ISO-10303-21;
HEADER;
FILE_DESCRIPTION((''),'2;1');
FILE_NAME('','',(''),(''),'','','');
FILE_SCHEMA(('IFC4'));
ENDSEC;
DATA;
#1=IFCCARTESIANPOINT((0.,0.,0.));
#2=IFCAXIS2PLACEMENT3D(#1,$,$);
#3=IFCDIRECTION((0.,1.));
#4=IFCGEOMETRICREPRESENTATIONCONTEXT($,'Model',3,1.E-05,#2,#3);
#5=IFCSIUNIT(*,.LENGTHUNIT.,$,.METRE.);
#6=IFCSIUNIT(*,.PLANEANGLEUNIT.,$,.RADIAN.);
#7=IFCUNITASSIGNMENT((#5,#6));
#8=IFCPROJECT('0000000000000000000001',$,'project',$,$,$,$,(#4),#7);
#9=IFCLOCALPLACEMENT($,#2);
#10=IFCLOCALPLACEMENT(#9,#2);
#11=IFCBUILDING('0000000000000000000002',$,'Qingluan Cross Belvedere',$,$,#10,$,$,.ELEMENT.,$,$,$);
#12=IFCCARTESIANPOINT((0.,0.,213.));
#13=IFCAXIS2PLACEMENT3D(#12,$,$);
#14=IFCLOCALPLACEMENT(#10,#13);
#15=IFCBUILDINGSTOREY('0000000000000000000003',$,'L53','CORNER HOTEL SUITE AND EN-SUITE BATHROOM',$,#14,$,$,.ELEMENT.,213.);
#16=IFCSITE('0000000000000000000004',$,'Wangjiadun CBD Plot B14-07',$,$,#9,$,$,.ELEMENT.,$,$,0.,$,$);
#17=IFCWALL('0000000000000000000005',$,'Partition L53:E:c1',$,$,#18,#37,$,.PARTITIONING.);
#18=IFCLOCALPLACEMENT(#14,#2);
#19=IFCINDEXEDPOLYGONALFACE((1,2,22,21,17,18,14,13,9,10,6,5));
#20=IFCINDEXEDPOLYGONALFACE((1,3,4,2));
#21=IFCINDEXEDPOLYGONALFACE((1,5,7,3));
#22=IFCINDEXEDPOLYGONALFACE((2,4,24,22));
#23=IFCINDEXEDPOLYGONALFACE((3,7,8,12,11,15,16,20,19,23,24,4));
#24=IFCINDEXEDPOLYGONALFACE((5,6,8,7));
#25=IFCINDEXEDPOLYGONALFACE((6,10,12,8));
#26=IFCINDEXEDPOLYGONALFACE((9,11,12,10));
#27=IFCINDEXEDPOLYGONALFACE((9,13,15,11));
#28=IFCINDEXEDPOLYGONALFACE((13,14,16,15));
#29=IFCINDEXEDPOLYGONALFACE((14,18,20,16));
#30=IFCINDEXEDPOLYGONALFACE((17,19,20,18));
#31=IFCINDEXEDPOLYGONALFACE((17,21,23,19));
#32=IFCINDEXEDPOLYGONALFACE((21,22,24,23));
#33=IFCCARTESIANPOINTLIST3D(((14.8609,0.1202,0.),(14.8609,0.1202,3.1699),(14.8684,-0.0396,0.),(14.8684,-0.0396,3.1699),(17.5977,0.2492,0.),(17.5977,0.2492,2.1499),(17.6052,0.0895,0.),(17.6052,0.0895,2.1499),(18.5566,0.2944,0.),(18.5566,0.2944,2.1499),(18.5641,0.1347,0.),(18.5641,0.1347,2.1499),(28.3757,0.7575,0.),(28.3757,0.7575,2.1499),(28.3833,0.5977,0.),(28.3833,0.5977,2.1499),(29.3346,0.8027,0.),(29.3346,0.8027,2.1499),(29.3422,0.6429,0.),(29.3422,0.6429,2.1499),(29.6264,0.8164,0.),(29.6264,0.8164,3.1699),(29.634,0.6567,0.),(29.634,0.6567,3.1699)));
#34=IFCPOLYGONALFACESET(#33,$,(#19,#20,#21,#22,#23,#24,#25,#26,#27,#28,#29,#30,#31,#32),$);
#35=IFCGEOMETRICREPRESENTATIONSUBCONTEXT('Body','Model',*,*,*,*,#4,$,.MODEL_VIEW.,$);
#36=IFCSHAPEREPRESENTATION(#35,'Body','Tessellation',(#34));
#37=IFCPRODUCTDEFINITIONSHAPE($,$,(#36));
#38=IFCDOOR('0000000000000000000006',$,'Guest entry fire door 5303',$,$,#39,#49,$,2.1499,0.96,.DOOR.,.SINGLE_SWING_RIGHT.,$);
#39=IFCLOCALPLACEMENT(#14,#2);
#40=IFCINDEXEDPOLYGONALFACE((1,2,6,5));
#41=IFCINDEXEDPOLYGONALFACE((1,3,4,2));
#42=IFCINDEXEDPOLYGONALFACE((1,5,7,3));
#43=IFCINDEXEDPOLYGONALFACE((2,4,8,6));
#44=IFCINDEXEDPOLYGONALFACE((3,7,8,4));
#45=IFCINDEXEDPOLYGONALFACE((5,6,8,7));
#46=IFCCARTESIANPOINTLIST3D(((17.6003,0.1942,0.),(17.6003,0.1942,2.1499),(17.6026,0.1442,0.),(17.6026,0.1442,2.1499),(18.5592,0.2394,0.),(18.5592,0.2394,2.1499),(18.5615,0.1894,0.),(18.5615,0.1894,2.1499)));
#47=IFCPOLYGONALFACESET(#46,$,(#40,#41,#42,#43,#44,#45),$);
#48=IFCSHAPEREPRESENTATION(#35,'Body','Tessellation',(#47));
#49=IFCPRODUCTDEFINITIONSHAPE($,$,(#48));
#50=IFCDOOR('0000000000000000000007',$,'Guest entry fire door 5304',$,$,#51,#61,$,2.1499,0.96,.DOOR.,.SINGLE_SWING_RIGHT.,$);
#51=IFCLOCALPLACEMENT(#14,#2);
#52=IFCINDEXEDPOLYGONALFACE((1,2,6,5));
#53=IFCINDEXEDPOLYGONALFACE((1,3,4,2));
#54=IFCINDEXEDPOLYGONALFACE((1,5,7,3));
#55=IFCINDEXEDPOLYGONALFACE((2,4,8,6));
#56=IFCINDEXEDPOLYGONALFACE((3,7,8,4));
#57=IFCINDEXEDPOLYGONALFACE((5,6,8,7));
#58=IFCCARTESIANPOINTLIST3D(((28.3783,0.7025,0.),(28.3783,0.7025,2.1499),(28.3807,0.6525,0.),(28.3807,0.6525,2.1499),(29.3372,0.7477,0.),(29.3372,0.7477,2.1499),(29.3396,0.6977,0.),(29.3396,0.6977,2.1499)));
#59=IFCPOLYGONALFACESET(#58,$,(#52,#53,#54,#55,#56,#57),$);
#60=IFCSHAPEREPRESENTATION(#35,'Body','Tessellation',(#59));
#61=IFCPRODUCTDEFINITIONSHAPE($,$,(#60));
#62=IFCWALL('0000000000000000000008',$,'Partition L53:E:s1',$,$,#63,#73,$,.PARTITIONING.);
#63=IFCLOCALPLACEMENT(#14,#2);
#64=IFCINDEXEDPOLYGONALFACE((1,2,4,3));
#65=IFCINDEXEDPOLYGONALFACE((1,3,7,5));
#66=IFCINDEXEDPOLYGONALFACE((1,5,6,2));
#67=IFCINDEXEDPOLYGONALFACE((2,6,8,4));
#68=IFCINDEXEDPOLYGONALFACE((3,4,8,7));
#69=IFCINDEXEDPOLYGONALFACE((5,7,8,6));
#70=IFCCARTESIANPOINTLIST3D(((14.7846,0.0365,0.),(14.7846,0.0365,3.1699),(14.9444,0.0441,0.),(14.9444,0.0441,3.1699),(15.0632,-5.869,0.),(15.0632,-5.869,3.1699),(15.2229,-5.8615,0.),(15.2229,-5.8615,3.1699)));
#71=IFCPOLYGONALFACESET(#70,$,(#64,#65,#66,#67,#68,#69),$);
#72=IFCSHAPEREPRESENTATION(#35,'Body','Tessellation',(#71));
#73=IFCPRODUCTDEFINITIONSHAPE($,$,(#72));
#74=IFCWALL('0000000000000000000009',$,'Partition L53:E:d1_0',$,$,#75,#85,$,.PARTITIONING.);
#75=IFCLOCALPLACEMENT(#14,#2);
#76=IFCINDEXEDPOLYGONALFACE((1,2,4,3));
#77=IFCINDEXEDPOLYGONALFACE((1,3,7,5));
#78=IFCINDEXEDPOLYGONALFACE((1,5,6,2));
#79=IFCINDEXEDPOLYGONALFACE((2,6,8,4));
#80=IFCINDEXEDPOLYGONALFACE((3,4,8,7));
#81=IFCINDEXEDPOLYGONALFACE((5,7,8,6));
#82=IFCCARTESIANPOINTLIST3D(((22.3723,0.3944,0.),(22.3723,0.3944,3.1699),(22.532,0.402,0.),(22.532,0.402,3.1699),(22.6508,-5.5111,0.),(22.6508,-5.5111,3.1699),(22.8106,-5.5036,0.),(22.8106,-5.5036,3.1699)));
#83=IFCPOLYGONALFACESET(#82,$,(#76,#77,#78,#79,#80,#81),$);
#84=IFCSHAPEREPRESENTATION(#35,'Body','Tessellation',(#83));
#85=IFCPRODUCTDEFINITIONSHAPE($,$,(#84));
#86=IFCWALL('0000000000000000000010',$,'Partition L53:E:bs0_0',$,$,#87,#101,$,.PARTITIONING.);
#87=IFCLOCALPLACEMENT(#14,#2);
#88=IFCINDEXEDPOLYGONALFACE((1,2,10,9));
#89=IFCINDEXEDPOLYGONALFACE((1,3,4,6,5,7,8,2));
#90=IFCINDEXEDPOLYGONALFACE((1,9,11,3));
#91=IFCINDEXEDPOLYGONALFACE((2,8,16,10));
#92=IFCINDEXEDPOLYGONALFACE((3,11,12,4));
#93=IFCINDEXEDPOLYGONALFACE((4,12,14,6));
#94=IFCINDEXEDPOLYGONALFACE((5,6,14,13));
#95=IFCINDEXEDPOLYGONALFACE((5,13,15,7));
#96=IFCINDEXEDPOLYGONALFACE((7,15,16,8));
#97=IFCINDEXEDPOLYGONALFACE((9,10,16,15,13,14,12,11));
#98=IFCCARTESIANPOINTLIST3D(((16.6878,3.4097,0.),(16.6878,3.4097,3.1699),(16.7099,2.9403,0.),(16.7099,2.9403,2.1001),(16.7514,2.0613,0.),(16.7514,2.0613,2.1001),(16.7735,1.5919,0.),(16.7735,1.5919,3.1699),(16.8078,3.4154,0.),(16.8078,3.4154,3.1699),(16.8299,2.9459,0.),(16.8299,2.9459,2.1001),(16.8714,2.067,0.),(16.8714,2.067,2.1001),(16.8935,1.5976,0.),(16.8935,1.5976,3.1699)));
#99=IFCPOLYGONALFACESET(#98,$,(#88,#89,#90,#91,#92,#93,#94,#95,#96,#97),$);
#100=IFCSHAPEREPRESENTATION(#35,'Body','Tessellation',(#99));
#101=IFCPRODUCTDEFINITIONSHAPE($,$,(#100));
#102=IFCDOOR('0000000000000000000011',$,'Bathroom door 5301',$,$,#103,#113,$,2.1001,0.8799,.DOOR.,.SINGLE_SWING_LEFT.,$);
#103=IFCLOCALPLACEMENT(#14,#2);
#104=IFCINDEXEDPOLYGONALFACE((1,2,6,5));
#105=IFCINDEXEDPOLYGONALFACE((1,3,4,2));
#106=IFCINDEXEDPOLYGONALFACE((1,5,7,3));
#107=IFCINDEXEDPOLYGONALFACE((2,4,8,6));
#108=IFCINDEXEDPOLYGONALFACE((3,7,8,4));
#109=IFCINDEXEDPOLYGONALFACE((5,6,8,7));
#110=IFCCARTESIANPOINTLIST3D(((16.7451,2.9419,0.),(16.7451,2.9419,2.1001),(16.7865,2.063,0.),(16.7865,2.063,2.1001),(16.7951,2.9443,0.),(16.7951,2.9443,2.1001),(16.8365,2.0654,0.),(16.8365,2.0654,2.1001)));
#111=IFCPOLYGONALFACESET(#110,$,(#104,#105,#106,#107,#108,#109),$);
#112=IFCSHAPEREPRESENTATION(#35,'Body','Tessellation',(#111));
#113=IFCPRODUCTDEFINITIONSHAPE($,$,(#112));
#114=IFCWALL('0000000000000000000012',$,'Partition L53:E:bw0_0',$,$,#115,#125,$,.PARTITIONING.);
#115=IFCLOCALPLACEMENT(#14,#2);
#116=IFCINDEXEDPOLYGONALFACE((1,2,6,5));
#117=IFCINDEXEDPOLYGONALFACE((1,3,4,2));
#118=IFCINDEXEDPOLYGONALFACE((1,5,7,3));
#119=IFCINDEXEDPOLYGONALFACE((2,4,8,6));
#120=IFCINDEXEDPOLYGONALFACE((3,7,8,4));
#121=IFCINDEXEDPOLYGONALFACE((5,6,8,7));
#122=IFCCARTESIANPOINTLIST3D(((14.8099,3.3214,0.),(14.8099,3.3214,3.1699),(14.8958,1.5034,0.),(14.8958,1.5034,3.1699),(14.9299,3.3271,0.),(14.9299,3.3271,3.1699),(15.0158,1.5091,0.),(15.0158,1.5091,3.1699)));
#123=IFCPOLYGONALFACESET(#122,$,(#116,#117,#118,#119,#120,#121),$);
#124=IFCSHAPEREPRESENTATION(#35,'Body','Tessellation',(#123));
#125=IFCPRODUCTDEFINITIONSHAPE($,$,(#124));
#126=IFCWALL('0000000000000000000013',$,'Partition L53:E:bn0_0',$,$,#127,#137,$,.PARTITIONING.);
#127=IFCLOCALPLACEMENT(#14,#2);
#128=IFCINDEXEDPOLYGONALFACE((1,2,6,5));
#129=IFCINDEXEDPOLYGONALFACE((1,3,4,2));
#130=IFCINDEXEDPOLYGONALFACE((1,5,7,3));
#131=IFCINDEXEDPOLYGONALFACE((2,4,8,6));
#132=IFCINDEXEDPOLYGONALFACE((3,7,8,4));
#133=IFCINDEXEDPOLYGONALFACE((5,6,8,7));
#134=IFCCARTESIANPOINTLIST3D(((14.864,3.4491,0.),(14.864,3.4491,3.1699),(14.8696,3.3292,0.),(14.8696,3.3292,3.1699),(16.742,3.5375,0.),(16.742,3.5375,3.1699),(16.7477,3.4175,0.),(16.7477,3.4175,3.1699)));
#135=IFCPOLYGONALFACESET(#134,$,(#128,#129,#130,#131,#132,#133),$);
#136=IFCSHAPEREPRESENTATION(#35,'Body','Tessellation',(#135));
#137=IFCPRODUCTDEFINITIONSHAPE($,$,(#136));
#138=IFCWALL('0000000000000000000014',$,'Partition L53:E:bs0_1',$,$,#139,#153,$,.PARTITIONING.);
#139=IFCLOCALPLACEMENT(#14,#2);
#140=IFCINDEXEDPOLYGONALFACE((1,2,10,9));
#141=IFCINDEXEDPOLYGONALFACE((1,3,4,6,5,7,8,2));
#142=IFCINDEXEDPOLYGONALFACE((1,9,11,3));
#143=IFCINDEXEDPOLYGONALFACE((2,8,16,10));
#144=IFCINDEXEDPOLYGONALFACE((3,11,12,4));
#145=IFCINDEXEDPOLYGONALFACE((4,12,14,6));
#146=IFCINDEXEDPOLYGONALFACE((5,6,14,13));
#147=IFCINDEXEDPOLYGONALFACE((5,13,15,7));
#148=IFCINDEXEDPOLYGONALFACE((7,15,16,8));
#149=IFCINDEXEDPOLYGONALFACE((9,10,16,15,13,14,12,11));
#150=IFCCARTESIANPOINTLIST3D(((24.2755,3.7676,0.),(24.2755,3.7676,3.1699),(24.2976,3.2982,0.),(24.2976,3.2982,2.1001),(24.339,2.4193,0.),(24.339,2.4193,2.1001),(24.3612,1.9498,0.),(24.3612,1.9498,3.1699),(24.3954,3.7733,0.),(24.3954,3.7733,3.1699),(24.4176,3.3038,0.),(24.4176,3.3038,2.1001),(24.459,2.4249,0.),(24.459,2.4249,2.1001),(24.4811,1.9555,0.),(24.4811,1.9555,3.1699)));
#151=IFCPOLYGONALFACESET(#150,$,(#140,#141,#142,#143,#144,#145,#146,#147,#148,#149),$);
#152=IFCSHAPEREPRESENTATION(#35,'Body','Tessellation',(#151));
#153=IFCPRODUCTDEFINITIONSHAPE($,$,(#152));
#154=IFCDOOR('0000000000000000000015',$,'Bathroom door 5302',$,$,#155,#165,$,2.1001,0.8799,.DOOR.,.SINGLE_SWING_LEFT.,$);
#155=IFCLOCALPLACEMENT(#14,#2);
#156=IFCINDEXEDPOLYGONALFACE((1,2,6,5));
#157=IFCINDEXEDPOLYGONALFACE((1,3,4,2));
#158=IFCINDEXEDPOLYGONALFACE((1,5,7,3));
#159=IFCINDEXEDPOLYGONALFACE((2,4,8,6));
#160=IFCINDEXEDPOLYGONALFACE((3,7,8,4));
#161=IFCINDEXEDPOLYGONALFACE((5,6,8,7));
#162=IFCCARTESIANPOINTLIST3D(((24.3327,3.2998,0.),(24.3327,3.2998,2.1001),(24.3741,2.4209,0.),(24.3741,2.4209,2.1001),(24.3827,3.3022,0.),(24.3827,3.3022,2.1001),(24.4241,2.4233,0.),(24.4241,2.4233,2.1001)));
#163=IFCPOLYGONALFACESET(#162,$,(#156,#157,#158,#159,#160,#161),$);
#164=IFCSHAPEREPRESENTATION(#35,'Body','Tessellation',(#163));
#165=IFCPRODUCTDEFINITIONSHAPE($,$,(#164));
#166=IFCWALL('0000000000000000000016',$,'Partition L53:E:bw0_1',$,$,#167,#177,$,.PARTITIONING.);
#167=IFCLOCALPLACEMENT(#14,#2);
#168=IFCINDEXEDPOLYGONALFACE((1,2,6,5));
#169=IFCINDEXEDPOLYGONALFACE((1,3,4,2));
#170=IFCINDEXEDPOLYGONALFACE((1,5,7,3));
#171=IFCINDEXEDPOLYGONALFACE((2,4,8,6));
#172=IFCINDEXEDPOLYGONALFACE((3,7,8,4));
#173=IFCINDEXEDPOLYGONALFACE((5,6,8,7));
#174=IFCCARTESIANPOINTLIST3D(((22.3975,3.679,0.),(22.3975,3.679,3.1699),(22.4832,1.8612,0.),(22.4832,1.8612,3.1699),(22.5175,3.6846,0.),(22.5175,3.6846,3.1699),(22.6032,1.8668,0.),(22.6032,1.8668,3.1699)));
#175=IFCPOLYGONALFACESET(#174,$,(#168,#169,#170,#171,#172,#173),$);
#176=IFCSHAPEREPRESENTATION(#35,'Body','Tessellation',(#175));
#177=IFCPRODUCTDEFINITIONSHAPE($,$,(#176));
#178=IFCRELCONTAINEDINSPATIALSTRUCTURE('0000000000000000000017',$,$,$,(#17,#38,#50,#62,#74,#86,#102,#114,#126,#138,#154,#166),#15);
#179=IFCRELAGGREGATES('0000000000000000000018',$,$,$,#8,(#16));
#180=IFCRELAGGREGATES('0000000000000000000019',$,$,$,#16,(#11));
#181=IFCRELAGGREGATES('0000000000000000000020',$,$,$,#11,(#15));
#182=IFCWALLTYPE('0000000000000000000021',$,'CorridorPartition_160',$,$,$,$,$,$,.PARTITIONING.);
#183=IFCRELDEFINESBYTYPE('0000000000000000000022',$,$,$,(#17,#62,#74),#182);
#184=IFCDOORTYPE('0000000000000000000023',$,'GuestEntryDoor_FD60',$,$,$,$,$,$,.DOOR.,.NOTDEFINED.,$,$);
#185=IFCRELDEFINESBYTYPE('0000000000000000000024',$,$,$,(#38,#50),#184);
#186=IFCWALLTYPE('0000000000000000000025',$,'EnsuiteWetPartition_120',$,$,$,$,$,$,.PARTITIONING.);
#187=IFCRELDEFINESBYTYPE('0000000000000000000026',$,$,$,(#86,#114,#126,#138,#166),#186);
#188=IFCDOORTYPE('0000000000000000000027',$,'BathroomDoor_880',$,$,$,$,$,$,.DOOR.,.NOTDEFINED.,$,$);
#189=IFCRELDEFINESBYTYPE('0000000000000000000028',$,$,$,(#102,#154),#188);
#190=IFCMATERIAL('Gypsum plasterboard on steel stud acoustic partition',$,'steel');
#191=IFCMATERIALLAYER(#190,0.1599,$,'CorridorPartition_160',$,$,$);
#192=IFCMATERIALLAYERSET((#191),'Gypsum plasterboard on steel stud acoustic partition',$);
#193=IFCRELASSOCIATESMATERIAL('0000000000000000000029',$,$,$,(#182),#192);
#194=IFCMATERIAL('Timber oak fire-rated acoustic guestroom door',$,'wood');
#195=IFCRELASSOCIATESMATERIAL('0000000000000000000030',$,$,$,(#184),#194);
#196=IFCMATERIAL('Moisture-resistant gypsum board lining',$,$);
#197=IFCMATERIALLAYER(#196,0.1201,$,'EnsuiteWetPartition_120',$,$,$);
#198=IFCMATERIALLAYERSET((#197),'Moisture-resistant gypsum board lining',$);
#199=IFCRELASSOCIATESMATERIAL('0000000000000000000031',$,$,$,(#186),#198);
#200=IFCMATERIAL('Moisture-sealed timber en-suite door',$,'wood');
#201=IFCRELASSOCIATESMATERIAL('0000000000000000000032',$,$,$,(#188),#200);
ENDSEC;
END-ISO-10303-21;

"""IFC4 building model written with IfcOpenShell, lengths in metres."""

from ifc_helpers import new_model, si_unit, direction, frame, frame_2d, origin, place, context, subcontext, project, spatial, rectangle, extrude, material, layer, layer_set, type_object, element, fill, save


model = new_model("IFC4")

# Units and contexts
model_context = context("Model", 3, precision=1e-05, world=origin(), true_north=direction((0.0, 1.0)))
body_context = subcontext(model_context, "Body", "Model", "MODEL_VIEW")
ifc_project = project(units=[si_unit("LENGTHUNIT", "METRE"), si_unit("PLANEANGLEUNIT", "RADIAN")], contexts=[model_context])

# Site, building, storey
site_placement = place(None, origin())
site = spatial("IfcSite", under=ifc_project, at=site_placement, Name="Wangjiadun CBD Plot B14-07", CompositionType="ELEMENT", RefElevation=0.0)
building_placement = place(site_placement, origin())
building = spatial("IfcBuilding", under=site, at=building_placement, Name="Qingluan Cross Belvedere", CompositionType="ELEMENT")
storey_placement = place(building_placement, frame((0.0, 0.0, 213.0)))
storey = spatial("IfcBuildingStorey", under=building, at=storey_placement, Name="L53", Description="CORNER HOTEL SUITE AND EN-SUITE BATHROOM", CompositionType="ELEMENT", Elevation=213.0)

# Shared definitions
ifc_material_1 = material(Name="Gypsum plasterboard on steel stud acoustic partition", Category="steel")
ifc_layer_1 = layer(ifc_material_1, 0.1599, Name="CorridorPartition_160")
ifc_layer_set_1 = layer_set([ifc_layer_1], Name="Gypsum plasterboard on steel stud acoustic partition")
wall_type_1 = type_object("IfcWallType", Name="CorridorPartition_160", PredefinedType="PARTITIONING", material=ifc_layer_set_1)
ifc_material_2 = material(Name="Timber oak fire-rated acoustic guestroom door", Category="wood")
door_type_1 = type_object("IfcDoorType", Name="GuestEntryDoor_FD60", OperationType="NOTDEFINED", PredefinedType="DOOR", material=ifc_material_2)

# Wall, openings, doors
wall_1_placement = place(storey_placement, frame((14.8645, 0.0403, 0.0), z_axis=(0.0, 0.0, 1.0), x_axis=(0.99889, 0.047104, 0.0)))
wall_1 = element("IfcWall", 1, at=wall_1_placement, inside=storey, type_object=wall_type_1, Name="Partition L53:E:c1", PredefinedType="PARTITIONING", context=body_context, shape_type="SweptSolid", body=[
    extrude(rectangle(XDim=14.782, YDim=0.1599, at=frame_2d((7.3911, 0.0))), origin(), (0.0, 0.0, 1.0), 3.1699),
])
opening_1_placement = place(wall_1_placement, frame((2.74, 0.0, 0.0)))
opening_1 = element("IfcOpeningElement", 2, at=opening_1_placement, cuts=wall_1, PredefinedType="OPENING", context=body_context, shape_type="SweptSolid", body=[
    extrude(rectangle(XDim=0.96, YDim=2.1499, at=frame_2d((0.48, 1.075))), frame((0.0, 0.0898, 0.0), z_axis=(0.0, -1.0, 0.0), x_axis=(1.0, 0.0, 0.0)), (0.0, 0.0, 1.0), 0.1799),
])
opening_2_placement = place(wall_1_placement, frame((13.53, 0.0, 0.0)))
opening_2 = element("IfcOpeningElement", 3, at=opening_2_placement, cuts=wall_1, PredefinedType="OPENING", context=body_context, shape_type="SweptSolid", body=[
    extrude(rectangle(XDim=0.96, YDim=2.1499, at=frame_2d((0.48, 1.075))), frame((0.0, 0.0898, 0.0), z_axis=(0.0, -1.0, 0.0), x_axis=(1.0, 0.0, 0.0)), (0.0, 0.0, 1.0), 0.1799),
])
door_1_placement = place(opening_1_placement, origin())
door_1 = element("IfcDoor", 4, at=door_1_placement, inside=storey, type_object=door_type_1, Name="Guest entry fire door 5303", OperationType="SINGLE_SWING_RIGHT", OverallHeight=2.1499, OverallWidth=0.96, PredefinedType="DOOR", context=body_context, shape_type="SweptSolid", body=[
    extrude(rectangle(XDim=0.96, YDim=2.1499, at=frame_2d((0.48, 1.075))), frame((0.0, 0.0249, 0.0), z_axis=(0.0, -1.0, 0.0), x_axis=(1.0, 0.0, 0.0)), (0.0, 0.0, 1.0), 0.05),
])
fill(opening_1, door_1)
door_2_placement = place(opening_2_placement, origin())
door_2 = element("IfcDoor", 5, at=door_2_placement, inside=storey, type_object=door_type_1, Name="Guest entry fire door 5304", OperationType="SINGLE_SWING_RIGHT", OverallHeight=2.1499, OverallWidth=0.96, PredefinedType="DOOR", context=body_context, shape_type="SweptSolid", body=[
    extrude(rectangle(XDim=0.96, YDim=2.1499, at=frame_2d((0.48, 1.075))), frame((0.0, 0.0249, 0.0), z_axis=(0.0, -1.0, 0.0), x_axis=(1.0, 0.0, 0.0)), (0.0, 0.0, 1.0), 0.05),
])
fill(opening_2, door_2)

# Walls
for number, where, z_axis, x_axis, name in (
    (6, (14.8645, 0.0403, 0.0), (0.0, 0.0, 1.0), (0.047118, -0.998889, 0.0), "Partition L53:E:s1"),
    (7, (22.4521, 0.3982, 0.0), (0.0, 0.0, 1.0), (0.047118, -0.998889, 0.0), "Partition L53:E:d1_0"),
):
    element("IfcWall", number, at=place(storey_placement, frame(where, z_axis=z_axis, x_axis=x_axis)), inside=storey, type_object=wall_type_1, Name=name, PredefinedType="PARTITIONING", context=body_context, shape_type="SweptSolid", body=[
        extrude(rectangle(XDim=5.9121, YDim=0.1599, at=frame_2d((2.9561, 0.0))), origin(), (0.0, 0.0, 1.0), 3.1699),
    ])

# Wall, opening, door
ifc_material_3 = material(Name="Moisture-resistant gypsum board lining")
ifc_layer_2 = layer(ifc_material_3, 0.1201, Name="EnsuiteWetPartition_120")
ifc_layer_set_2 = layer_set([ifc_layer_2], Name="Moisture-resistant gypsum board lining")
wall_type_2 = type_object("IfcWallType", Name="EnsuiteWetPartition_120", PredefinedType="PARTITIONING", material=ifc_layer_set_2)
wall_2_placement = place(storey_placement, frame((16.8335, 1.5947, 0.0), z_axis=(0.0, 0.0, 1.0), x_axis=(-0.047087, 0.998891, 0.0)))
wall_2 = element("IfcWall", 8, at=wall_2_placement, inside=storey, type_object=wall_type_2, Name="Partition L53:E:bs0_0", PredefinedType="PARTITIONING", context=body_context, shape_type="SweptSolid", body=[
    extrude(rectangle(XDim=1.8198, YDim=0.1201, at=frame_2d((0.9099, 0.0))), origin(), (0.0, 0.0, 1.0), 3.1699),
])
opening_3_placement = place(wall_2_placement, frame((0.47, 0.0, 0.0)))
opening_3 = element("IfcOpeningElement", 9, at=opening_3_placement, cuts=wall_2, PredefinedType="OPENING", context=body_context, shape_type="SweptSolid", body=[
    extrude(rectangle(XDim=0.8799, YDim=2.1001, at=frame_2d((0.4399, 1.05))), frame((0.0, 0.0701, 0.0), z_axis=(0.0, -1.0, 0.0), x_axis=(1.0, 0.0, 0.0)), (0.0, 0.0, 1.0), 0.1401),
])
ifc_material_4 = material(Name="Moisture-sealed timber en-suite door", Category="wood")
door_type_2 = type_object("IfcDoorType", Name="BathroomDoor_880", OperationType="NOTDEFINED", PredefinedType="DOOR", material=ifc_material_4)
door_3_placement = place(opening_3_placement, origin())
door_3 = element("IfcDoor", 10, at=door_3_placement, inside=storey, type_object=door_type_2, Name="Bathroom door 5301", OperationType="SINGLE_SWING_LEFT", OverallHeight=2.1001, OverallWidth=0.8799, PredefinedType="DOOR", context=body_context, shape_type="SweptSolid", body=[
    extrude(rectangle(XDim=0.8799, YDim=2.1001, at=frame_2d((0.4399, 1.05))), frame((0.0, 0.0249, 0.0), z_axis=(0.0, -1.0, 0.0), x_axis=(1.0, 0.0, 0.0)), (0.0, 0.0, 1.0), 0.05),
])
fill(opening_3, door_3)

# Walls
wall_3_placement = place(storey_placement, frame((14.9558, 1.5061, 0.0), z_axis=(0.0, 0.0, 1.0), x_axis=(-0.047215, 0.998885, 0.0)))
element("IfcWall", 11, at=wall_3_placement, inside=storey, type_object=wall_type_2, Name="Partition L53:E:bw0_0", PredefinedType="PARTITIONING", context=body_context, shape_type="SweptSolid", body=[
    extrude(rectangle(XDim=1.8201, YDim=0.1201, at=frame_2d((0.9102, 0.0))), origin(), (0.0, 0.0, 1.0), 3.1699),
])
wall_4_placement = place(storey_placement, frame((14.8669, 3.3892, 0.0), z_axis=(0.0, 0.0, 1.0), x_axis=(0.998894, 0.04701, 0.0)))
element("IfcWall", 12, at=wall_4_placement, inside=storey, type_object=wall_type_2, Name="Partition L53:E:bn0_0", PredefinedType="PARTITIONING", context=body_context, shape_type="SweptSolid", body=[
    extrude(rectangle(XDim=1.8801, YDim=0.1201, at=frame_2d((0.9399, 0.0))), origin(), (0.0, 0.0, 1.0), 3.1699),
])

# Wall, opening, door
wall_5_placement = place(storey_placement, frame((24.4211, 1.9526, 0.0), z_axis=(0.0, 0.0, 1.0), x_axis=(-0.047087, 0.998891, 0.0)))
wall_5 = element("IfcWall", 13, at=wall_5_placement, inside=storey, type_object=wall_type_2, Name="Partition L53:E:bs0_1", PredefinedType="PARTITIONING", context=body_context, shape_type="SweptSolid", body=[
    extrude(rectangle(XDim=1.8198, YDim=0.1201, at=frame_2d((0.9099, 0.0))), origin(), (0.0, 0.0, 1.0), 3.1699),
])
opening_4_placement = place(wall_5_placement, frame((0.47, 0.0, 0.0)))
opening_4 = element("IfcOpeningElement", 14, at=opening_4_placement, cuts=wall_5, PredefinedType="OPENING", context=body_context, shape_type="SweptSolid", body=[
    extrude(rectangle(XDim=0.8799, YDim=2.1001, at=frame_2d((0.4399, 1.05))), frame((0.0, 0.0701, 0.0), z_axis=(0.0, -1.0, 0.0), x_axis=(1.0, 0.0, 0.0)), (0.0, 0.0, 1.0), 0.1401),
])
door_4_placement = place(opening_4_placement, origin())
door_4 = element("IfcDoor", 15, at=door_4_placement, inside=storey, type_object=door_type_2, Name="Bathroom door 5302", OperationType="SINGLE_SWING_LEFT", OverallHeight=2.1001, OverallWidth=0.8799, PredefinedType="DOOR", context=body_context, shape_type="SweptSolid", body=[
    extrude(rectangle(XDim=0.8799, YDim=2.1001, at=frame_2d((0.4399, 1.05))), frame((0.0, 0.0249, 0.0), z_axis=(0.0, -1.0, 0.0), x_axis=(1.0, 0.0, 0.0)), (0.0, 0.0, 1.0), 0.05),
])
fill(opening_4, door_4)

# Wall
wall_6_placement = place(storey_placement, frame((22.5432, 1.864, 0.0), z_axis=(0.0, 0.0, 1.0), x_axis=(-0.047087, 0.998891, 0.0)))
element("IfcWall", 16, at=wall_6_placement, inside=storey, type_object=wall_type_2, Name="Partition L53:E:bw0_1", PredefinedType="PARTITIONING", context=body_context, shape_type="SweptSolid", body=[
    extrude(rectangle(XDim=1.8198, YDim=0.1201, at=frame_2d((0.9099, 0.0))), origin(), (0.0, 0.0, 1.0), 3.1699),
])

save(model, "model.ifc")
